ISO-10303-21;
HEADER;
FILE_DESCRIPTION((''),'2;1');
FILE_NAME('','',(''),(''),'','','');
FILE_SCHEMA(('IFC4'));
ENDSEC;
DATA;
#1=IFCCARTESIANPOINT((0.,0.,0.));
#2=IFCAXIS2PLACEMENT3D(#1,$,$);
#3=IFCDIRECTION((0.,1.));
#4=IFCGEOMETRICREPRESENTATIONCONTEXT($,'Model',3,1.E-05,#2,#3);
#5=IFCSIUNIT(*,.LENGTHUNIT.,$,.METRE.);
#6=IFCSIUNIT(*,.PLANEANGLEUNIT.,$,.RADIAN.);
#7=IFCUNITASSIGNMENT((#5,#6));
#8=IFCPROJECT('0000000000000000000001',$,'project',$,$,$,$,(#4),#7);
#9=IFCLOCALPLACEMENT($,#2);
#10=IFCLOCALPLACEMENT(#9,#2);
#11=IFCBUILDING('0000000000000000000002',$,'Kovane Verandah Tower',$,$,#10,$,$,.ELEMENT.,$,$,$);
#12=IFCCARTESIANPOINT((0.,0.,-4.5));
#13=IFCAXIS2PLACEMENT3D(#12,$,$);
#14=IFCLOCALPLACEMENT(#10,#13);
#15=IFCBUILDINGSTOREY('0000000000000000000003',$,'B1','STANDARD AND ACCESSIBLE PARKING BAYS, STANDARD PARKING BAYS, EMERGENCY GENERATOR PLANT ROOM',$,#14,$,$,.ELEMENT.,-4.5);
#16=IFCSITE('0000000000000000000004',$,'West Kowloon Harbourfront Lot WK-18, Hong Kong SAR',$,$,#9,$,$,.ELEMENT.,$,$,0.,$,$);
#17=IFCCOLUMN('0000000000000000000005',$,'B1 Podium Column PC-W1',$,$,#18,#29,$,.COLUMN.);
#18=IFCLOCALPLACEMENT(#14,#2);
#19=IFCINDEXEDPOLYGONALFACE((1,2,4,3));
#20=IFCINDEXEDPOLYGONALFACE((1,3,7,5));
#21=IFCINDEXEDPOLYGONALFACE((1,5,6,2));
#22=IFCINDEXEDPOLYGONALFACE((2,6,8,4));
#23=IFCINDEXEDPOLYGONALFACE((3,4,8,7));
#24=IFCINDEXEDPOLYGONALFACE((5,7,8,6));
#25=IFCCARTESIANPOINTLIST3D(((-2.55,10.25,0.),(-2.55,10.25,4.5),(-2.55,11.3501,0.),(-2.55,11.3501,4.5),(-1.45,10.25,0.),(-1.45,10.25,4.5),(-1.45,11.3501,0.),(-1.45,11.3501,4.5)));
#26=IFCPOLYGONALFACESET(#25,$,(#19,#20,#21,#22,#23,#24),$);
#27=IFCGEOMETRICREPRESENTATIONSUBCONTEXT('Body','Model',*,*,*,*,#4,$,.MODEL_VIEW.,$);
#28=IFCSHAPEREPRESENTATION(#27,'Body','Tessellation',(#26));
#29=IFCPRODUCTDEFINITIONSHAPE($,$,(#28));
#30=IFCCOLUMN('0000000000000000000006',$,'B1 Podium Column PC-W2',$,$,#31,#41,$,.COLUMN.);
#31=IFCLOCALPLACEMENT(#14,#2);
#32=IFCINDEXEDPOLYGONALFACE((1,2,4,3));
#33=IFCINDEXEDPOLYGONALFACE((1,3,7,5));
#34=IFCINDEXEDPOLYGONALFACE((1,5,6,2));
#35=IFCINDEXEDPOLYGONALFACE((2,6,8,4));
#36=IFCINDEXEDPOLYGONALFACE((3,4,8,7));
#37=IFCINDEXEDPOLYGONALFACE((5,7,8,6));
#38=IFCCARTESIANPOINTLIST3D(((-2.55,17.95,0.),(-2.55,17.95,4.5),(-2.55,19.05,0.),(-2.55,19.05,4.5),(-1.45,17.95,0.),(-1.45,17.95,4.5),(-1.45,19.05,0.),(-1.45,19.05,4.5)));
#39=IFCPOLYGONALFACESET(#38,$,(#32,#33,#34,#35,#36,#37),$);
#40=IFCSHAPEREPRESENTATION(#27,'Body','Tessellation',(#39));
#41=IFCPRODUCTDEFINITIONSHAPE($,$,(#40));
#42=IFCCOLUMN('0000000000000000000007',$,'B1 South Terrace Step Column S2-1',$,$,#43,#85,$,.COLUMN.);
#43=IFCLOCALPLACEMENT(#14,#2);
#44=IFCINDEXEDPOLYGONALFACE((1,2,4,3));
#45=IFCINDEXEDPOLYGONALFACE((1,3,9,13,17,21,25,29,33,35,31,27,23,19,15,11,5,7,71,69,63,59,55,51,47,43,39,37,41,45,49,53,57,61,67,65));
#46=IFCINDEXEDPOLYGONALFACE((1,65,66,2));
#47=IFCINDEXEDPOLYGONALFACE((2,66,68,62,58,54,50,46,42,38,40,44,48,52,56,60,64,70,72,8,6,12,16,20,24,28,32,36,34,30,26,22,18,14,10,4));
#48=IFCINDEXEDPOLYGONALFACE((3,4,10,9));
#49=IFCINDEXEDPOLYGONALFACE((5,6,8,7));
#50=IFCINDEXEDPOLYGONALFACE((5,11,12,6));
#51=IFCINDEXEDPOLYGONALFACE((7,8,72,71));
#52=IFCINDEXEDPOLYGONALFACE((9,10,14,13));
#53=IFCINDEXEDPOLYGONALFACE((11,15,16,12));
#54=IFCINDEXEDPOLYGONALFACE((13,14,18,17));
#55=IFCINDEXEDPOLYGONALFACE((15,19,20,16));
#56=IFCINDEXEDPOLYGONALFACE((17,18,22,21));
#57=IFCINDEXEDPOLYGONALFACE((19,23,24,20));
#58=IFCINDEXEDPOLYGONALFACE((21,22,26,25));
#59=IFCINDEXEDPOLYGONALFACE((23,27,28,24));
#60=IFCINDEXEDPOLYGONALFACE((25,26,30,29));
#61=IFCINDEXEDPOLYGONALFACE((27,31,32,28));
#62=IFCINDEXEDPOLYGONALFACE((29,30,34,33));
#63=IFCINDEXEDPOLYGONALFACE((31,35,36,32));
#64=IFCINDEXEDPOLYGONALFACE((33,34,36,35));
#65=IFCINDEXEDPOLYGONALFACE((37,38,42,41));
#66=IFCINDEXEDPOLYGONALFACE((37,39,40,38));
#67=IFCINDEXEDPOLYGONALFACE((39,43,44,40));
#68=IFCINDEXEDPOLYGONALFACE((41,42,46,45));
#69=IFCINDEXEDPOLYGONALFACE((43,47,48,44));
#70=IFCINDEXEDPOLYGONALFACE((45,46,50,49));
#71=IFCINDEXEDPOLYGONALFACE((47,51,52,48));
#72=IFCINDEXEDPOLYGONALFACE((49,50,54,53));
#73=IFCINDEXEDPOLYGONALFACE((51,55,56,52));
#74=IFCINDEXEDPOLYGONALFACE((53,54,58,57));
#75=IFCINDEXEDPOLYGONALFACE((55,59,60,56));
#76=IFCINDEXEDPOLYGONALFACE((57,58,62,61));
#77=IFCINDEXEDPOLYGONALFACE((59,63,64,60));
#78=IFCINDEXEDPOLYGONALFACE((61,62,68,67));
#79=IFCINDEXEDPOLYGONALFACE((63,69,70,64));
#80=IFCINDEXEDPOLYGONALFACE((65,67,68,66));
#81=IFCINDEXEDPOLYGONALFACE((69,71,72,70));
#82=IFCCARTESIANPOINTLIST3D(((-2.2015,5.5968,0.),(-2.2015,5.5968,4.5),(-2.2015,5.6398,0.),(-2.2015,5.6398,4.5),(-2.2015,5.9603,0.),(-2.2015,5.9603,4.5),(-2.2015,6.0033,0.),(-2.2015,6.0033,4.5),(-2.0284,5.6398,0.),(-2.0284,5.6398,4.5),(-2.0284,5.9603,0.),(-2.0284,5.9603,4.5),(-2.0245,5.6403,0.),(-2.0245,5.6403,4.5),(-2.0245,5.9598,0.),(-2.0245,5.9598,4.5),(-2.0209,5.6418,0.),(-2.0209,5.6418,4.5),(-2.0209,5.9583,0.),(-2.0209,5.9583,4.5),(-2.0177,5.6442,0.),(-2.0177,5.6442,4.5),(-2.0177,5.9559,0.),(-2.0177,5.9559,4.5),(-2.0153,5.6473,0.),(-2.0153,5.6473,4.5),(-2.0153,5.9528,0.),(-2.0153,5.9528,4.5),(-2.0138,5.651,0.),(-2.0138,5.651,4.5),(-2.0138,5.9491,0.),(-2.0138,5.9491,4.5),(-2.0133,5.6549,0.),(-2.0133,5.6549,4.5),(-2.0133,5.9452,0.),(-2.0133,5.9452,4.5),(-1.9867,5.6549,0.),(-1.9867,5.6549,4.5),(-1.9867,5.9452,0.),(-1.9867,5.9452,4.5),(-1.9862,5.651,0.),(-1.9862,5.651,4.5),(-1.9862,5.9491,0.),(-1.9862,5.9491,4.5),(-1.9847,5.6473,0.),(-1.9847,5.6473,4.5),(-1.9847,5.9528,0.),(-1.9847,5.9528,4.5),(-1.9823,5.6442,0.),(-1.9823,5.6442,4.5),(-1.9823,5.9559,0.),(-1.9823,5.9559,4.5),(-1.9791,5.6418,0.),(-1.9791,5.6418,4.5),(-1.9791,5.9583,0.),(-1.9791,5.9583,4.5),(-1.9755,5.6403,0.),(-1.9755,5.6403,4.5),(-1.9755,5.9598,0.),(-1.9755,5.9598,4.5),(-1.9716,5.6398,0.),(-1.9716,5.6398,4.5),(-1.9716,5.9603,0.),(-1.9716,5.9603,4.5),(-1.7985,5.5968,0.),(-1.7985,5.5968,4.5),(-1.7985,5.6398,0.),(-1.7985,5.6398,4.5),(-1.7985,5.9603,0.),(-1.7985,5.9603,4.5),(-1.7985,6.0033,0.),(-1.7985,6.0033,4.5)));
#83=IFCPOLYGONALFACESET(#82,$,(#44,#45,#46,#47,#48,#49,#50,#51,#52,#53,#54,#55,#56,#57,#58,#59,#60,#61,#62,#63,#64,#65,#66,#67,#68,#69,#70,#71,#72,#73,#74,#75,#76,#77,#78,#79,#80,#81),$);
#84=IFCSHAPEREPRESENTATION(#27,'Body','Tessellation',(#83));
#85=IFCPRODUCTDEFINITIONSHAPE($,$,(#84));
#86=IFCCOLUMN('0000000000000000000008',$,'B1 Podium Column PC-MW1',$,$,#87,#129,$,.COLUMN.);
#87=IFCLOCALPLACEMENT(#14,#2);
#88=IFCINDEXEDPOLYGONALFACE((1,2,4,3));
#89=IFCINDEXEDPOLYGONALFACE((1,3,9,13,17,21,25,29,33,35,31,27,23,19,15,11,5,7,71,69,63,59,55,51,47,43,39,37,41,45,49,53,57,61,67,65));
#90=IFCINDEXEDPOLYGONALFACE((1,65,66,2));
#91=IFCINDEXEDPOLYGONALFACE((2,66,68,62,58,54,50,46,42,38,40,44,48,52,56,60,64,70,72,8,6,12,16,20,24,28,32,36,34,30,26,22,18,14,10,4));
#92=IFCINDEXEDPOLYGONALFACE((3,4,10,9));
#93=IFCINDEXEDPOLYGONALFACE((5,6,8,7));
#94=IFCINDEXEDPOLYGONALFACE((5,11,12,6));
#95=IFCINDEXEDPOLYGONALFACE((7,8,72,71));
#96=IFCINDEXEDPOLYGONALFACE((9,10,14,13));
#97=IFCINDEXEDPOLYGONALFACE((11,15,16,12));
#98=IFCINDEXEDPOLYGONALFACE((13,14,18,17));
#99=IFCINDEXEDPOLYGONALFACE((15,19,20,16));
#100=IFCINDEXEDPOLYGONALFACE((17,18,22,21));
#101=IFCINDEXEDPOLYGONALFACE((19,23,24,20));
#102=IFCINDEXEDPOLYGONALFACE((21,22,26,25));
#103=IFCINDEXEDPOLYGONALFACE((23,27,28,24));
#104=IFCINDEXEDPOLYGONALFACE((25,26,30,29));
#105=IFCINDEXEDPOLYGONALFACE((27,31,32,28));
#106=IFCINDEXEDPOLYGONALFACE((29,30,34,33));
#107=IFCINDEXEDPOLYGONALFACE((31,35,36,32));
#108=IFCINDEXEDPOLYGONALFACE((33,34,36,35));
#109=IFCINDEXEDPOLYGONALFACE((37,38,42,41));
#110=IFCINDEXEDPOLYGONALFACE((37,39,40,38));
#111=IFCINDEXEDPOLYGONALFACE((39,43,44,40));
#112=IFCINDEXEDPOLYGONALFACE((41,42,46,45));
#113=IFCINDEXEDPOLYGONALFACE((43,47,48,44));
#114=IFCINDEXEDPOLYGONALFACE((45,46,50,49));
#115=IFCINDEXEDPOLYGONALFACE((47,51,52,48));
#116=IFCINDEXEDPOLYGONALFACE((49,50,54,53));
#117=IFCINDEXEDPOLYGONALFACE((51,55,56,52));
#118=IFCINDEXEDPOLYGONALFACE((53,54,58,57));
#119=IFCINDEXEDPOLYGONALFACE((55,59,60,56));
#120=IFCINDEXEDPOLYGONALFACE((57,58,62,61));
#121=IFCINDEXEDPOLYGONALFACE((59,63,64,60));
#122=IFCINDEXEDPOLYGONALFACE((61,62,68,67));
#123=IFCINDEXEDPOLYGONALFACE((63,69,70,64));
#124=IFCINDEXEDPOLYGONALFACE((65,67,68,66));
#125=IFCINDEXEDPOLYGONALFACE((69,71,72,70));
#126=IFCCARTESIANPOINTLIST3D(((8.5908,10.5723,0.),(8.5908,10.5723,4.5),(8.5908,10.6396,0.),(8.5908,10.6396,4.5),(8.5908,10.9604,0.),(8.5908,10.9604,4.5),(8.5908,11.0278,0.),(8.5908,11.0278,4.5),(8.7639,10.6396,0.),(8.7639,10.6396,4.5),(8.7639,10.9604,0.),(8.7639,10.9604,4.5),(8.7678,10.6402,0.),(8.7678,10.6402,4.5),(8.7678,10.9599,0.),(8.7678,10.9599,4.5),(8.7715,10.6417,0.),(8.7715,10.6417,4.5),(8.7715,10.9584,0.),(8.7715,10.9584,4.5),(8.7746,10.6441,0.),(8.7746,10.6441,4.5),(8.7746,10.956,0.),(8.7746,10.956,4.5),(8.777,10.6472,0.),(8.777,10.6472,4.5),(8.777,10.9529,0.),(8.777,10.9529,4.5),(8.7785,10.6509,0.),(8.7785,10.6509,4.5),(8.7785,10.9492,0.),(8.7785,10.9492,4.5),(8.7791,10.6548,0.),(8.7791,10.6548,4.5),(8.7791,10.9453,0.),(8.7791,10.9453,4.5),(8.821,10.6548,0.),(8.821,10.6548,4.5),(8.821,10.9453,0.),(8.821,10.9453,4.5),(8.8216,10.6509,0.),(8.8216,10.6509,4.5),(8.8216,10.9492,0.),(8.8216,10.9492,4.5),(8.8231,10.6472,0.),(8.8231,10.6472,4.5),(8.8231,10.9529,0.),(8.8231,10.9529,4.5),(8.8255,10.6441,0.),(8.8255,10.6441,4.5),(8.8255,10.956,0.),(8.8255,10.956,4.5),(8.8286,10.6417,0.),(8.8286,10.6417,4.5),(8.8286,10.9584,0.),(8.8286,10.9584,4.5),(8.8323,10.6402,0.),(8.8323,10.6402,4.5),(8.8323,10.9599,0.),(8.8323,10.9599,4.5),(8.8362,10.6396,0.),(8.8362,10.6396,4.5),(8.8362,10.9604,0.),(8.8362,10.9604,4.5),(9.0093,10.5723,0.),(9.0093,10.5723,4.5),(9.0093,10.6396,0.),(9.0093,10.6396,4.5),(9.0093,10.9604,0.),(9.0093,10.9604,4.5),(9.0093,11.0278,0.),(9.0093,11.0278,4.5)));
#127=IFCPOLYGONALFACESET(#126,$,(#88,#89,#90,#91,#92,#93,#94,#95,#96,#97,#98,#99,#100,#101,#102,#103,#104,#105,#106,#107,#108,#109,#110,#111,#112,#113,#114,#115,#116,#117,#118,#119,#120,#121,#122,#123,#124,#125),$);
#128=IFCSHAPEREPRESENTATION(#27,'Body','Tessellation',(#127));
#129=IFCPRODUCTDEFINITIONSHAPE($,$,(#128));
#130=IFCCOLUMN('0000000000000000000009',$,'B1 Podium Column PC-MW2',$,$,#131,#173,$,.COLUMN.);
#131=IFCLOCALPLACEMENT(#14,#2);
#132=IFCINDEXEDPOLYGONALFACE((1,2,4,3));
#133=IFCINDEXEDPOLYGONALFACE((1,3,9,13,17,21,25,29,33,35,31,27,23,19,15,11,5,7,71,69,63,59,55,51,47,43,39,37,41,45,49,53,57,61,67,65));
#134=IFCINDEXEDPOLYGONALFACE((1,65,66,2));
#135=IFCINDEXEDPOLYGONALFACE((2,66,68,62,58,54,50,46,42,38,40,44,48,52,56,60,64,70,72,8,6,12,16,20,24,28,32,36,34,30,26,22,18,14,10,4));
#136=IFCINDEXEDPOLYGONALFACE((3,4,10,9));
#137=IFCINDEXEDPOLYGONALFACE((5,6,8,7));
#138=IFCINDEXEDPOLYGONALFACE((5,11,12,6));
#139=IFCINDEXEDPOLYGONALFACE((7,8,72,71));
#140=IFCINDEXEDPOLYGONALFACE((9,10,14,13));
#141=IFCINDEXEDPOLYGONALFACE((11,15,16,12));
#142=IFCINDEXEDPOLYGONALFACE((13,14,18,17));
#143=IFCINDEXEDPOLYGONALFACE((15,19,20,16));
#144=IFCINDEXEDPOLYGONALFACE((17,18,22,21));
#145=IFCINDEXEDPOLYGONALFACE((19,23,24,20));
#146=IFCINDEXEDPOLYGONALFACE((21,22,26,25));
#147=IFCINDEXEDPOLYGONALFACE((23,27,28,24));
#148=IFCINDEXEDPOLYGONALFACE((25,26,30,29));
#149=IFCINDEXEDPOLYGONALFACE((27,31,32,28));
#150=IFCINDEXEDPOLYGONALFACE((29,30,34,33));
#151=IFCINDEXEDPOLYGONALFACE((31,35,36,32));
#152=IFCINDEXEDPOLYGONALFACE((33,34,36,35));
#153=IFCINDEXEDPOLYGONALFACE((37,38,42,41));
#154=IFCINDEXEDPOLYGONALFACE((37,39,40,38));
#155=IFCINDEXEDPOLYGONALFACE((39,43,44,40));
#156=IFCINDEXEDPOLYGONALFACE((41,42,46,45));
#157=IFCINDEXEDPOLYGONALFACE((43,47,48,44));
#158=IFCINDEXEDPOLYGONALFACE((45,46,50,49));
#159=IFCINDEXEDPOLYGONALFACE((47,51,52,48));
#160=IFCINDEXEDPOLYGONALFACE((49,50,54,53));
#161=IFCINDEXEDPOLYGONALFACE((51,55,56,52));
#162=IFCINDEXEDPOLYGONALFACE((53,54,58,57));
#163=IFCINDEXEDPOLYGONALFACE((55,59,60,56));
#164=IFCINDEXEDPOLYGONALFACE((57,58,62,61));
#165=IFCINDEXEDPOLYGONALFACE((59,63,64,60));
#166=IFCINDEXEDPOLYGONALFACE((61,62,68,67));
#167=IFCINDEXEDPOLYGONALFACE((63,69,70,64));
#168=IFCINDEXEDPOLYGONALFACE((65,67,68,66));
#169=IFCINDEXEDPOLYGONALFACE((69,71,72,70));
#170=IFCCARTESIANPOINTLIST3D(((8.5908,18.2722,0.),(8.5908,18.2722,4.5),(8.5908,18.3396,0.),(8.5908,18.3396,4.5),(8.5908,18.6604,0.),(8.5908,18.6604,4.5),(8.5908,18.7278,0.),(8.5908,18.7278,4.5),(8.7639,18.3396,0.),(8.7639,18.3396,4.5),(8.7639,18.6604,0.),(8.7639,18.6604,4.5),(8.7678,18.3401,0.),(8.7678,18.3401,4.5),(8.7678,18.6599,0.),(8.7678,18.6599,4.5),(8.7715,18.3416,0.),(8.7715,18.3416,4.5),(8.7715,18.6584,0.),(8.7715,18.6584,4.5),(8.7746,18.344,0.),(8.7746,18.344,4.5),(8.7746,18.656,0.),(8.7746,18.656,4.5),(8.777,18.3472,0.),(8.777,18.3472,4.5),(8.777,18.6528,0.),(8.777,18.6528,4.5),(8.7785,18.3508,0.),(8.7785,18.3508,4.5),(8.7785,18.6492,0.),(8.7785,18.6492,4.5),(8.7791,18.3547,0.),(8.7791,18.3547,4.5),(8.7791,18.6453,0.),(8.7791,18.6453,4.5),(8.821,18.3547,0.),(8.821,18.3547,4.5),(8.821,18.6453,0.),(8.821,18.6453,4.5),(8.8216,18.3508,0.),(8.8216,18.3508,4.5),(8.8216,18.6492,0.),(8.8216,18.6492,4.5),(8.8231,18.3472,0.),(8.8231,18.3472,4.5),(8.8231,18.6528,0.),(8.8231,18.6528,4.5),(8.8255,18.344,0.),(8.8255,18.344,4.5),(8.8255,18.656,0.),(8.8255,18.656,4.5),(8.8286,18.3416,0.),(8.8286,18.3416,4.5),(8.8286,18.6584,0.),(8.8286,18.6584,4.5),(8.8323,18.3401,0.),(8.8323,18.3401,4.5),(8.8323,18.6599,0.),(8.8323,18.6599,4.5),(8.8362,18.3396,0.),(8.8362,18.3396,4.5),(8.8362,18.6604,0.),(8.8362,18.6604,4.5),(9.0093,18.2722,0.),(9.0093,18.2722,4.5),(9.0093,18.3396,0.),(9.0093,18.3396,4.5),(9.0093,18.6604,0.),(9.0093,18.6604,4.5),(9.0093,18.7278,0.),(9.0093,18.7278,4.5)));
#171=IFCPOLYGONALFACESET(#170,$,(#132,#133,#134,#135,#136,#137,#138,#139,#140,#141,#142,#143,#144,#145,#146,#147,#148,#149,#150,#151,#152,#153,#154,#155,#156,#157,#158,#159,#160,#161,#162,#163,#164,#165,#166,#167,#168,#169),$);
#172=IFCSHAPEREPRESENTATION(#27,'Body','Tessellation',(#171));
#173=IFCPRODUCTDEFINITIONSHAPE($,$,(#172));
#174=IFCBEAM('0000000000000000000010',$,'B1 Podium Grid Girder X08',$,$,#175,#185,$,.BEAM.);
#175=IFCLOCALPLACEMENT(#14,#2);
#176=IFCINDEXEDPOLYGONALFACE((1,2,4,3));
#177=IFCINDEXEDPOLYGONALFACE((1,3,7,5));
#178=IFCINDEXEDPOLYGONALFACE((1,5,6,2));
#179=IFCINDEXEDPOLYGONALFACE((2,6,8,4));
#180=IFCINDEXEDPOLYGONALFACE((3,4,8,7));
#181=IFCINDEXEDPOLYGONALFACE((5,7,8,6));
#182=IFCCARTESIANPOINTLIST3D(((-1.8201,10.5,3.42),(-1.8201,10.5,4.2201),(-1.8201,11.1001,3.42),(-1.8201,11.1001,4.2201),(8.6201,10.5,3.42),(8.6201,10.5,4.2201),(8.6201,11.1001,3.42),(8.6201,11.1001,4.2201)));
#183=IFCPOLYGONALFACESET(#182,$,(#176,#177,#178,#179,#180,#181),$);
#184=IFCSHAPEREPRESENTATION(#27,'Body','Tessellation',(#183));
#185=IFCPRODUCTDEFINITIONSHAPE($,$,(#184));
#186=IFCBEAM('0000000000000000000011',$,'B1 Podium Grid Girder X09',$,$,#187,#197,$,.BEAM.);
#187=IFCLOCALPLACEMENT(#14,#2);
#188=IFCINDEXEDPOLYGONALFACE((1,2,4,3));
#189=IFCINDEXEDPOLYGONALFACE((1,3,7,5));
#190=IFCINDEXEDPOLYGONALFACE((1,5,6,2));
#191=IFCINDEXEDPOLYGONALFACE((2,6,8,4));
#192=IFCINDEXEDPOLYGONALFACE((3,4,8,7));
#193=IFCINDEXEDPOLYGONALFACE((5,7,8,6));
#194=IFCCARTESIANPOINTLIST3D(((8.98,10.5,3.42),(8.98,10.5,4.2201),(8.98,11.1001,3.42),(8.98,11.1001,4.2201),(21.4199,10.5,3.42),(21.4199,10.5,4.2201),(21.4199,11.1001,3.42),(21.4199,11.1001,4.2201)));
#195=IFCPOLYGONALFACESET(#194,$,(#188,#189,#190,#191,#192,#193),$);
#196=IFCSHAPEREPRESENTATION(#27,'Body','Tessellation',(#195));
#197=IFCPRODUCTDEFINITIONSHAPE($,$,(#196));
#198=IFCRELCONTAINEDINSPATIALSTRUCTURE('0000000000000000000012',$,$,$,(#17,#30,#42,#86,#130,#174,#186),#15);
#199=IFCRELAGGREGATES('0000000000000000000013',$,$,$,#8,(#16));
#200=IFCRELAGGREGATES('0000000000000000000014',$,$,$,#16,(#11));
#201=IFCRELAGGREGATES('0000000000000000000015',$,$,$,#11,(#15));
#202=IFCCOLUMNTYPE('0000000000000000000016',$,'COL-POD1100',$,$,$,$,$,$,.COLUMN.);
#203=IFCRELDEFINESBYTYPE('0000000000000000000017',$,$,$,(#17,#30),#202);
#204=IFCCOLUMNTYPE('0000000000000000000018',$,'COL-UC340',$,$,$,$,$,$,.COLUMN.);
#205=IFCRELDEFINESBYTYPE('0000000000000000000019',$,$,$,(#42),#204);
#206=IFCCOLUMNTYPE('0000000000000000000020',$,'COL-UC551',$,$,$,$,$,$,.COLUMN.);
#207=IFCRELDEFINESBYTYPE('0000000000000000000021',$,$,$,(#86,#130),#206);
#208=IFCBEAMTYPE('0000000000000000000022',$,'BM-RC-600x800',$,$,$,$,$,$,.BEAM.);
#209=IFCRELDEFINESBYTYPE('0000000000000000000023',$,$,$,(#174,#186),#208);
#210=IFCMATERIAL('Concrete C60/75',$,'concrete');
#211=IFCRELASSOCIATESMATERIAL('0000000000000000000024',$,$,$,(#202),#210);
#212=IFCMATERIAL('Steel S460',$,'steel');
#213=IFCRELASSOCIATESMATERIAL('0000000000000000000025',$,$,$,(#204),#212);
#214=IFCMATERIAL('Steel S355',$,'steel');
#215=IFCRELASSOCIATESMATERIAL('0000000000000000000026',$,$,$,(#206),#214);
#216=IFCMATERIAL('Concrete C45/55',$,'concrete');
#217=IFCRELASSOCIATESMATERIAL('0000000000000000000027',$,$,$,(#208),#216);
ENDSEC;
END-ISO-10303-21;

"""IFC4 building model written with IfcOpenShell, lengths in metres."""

from ifc_helpers import new_model, si_unit, direction, frame, origin, origin_2d, place, context, subcontext, project, spatial, rectangle, i_section, extrude, material, material_profile, profile_set, type_object, element, save


model = new_model("IFC4")

# Units and contexts
model_context = context("Model", 3, precision=1e-05, world=origin(), true_north=direction((0.0, 1.0)))
body_context = subcontext(model_context, "Body", "Model", "MODEL_VIEW")
ifc_project = project(units=[si_unit("LENGTHUNIT", "METRE"), si_unit("PLANEANGLEUNIT", "RADIAN")], contexts=[model_context])

# Site, building, storey
site_placement = place(None, origin())
site = spatial("IfcSite", under=ifc_project, at=site_placement, Name="West Kowloon Harbourfront Lot WK-18, Hong Kong SAR", CompositionType="ELEMENT", RefElevation=0.0)
building_placement = place(site_placement, origin())
building = spatial("IfcBuilding", under=site, at=building_placement, Name="Kovane Verandah Tower", CompositionType="ELEMENT")
storey_placement = place(building_placement, frame((0.0, 0.0, -4.5)))
storey = spatial("IfcBuildingStorey", under=building, at=storey_placement, Name="B1", Description="STANDARD AND ACCESSIBLE PARKING BAYS, STANDARD PARKING BAYS, EMERGENCY GENERATOR PLANT ROOM", CompositionType="ELEMENT", Elevation=-4.5)

# Columns
ifc_material_1 = material(Name="Concrete C60/75", Category="concrete")
ifc_material_profile_1 = material_profile(ifc_material_1, rectangle(XDim=1.1001, YDim=1.1001, at=origin_2d()), Name="RC1100x1100")
ifc_profile_set_1 = profile_set([ifc_material_profile_1], Name="Concrete C60/75")
column_type_1 = type_object("IfcColumnType", Name="COL-POD1100", PredefinedType="COLUMN", material=ifc_profile_set_1)
for number, where, z_axis, x_axis, name in (
    (1, (-2.0, 10.8, 0.0), (0.0, 0.0, 1.0), (1.0, 0.0, 0.0), "B1 Podium Column PC-W1"),
    (2, (-2.0, 18.5, 0.0), (0.0, 0.0, 1.0), (1.0, 0.0, 0.0), "B1 Podium Column PC-W2"),
):
    element("IfcColumn", number, at=place(storey_placement, frame(where, z_axis=z_axis, x_axis=x_axis)), inside=storey, type_object=column_type_1, Name=name, PredefinedType="COLUMN", context=body_context, shape_type="SweptSolid", body=[
        extrude(rectangle(XDim=1.1001, YDim=1.1001, at=origin_2d()), origin(), (0.0, 0.0, 1.0), 4.5),
    ])
ifc_material_2 = material(Name="Steel S460", Category="steel")
ifc_material_profile_2 = material_profile(ifc_material_2, i_section(OverallWidth=0.4031, OverallDepth=0.4065, WebThickness=0.0266, FlangeThickness=0.043, FilletRadius=0.0151, at=origin_2d()), Name="UC356x406x340")
ifc_profile_set_2 = profile_set([ifc_material_profile_2], Name="Steel S460")
column_type_2 = type_object("IfcColumnType", Name="COL-UC340", PredefinedType="COLUMN", material=ifc_profile_set_2)
column_placement = place(storey_placement, frame((-2.0, 5.8, 0.0), z_axis=(0.0, 0.0, 1.0), x_axis=(1.0, 0.0, 0.0)))
element("IfcColumn", 3, at=column_placement, inside=storey, type_object=column_type_2, Name="B1 South Terrace Step Column S2-1", PredefinedType="COLUMN", context=body_context, shape_type="SweptSolid", body=[
    extrude(i_section(OverallWidth=0.4031, OverallDepth=0.4065, WebThickness=0.0266, FlangeThickness=0.043, FilletRadius=0.0151, at=origin_2d()), origin(), (0.0, 0.0, 1.0), 4.5),
])
ifc_material_3 = material(Name="Steel S355", Category="steel")
ifc_material_profile_3 = material_profile(ifc_material_3, i_section(OverallWidth=0.4185, OverallDepth=0.4556, WebThickness=0.042, FlangeThickness=0.0674, FilletRadius=0.0151, at=origin_2d()), Name="UC356x406x551")
ifc_profile_set_3 = profile_set([ifc_material_profile_3], Name="Steel S355")
column_type_3 = type_object("IfcColumnType", Name="COL-UC551", PredefinedType="COLUMN", material=ifc_profile_set_3)
for number, where, z_axis, x_axis, name in (
    (4, (8.8, 10.8, 0.0), (0.0, 0.0, 1.0), (1.0, 0.0, 0.0), "B1 Podium Column PC-MW1"),
    (5, (8.8, 18.5, 0.0), (0.0, 0.0, 1.0), (1.0, 0.0, 0.0), "B1 Podium Column PC-MW2"),
):
    element("IfcColumn", number, at=place(storey_placement, frame(where, z_axis=z_axis, x_axis=x_axis)), inside=storey, type_object=column_type_3, Name=name, PredefinedType="COLUMN", context=body_context, shape_type="SweptSolid", body=[
        extrude(i_section(OverallWidth=0.4185, OverallDepth=0.4556, WebThickness=0.042, FlangeThickness=0.0674, FilletRadius=0.0151, at=origin_2d()), origin(), (0.0, 0.0, 1.0), 4.5),
    ])

# Beams
ifc_material_4 = material(Name="Concrete C45/55", Category="concrete")
ifc_material_profile_4 = material_profile(ifc_material_4, rectangle(XDim=0.6001, YDim=0.8, at=origin_2d()), Name="RCB600x800")
ifc_profile_set_4 = profile_set([ifc_material_profile_4], Name="Concrete C45/55")
beam_type = type_object("IfcBeamType", Name="BM-RC-600x800", PredefinedType="BEAM", material=ifc_profile_set_4)
beam_1_placement = place(storey_placement, frame((-1.8201, 10.8, 3.8201), z_axis=(1.0, 0.0, 0.0), x_axis=(0.0, 1.0, 0.0)))
element("IfcBeam", 6, at=beam_1_placement, inside=storey, type_object=beam_type, Name="B1 Podium Grid Girder X08", PredefinedType="BEAM", context=body_context, shape_type="SweptSolid", body=[
    extrude(rectangle(XDim=0.6001, YDim=0.8, at=origin_2d()), origin(), (0.0, 0.0, 1.0), 10.4402),
])
beam_2_placement = place(storey_placement, frame((8.98, 10.8, 3.8201), z_axis=(1.0, 0.0, 0.0), x_axis=(0.0, 1.0, 0.0)))
element("IfcBeam", 7, at=beam_2_placement, inside=storey, type_object=beam_type, Name="B1 Podium Grid Girder X09", PredefinedType="BEAM", context=body_context, shape_type="SweptSolid", body=[
    extrude(rectangle(XDim=0.6001, YDim=0.8, at=origin_2d()), origin(), (0.0, 0.0, 1.0), 12.4399),
])

save(model, "model.ifc")
